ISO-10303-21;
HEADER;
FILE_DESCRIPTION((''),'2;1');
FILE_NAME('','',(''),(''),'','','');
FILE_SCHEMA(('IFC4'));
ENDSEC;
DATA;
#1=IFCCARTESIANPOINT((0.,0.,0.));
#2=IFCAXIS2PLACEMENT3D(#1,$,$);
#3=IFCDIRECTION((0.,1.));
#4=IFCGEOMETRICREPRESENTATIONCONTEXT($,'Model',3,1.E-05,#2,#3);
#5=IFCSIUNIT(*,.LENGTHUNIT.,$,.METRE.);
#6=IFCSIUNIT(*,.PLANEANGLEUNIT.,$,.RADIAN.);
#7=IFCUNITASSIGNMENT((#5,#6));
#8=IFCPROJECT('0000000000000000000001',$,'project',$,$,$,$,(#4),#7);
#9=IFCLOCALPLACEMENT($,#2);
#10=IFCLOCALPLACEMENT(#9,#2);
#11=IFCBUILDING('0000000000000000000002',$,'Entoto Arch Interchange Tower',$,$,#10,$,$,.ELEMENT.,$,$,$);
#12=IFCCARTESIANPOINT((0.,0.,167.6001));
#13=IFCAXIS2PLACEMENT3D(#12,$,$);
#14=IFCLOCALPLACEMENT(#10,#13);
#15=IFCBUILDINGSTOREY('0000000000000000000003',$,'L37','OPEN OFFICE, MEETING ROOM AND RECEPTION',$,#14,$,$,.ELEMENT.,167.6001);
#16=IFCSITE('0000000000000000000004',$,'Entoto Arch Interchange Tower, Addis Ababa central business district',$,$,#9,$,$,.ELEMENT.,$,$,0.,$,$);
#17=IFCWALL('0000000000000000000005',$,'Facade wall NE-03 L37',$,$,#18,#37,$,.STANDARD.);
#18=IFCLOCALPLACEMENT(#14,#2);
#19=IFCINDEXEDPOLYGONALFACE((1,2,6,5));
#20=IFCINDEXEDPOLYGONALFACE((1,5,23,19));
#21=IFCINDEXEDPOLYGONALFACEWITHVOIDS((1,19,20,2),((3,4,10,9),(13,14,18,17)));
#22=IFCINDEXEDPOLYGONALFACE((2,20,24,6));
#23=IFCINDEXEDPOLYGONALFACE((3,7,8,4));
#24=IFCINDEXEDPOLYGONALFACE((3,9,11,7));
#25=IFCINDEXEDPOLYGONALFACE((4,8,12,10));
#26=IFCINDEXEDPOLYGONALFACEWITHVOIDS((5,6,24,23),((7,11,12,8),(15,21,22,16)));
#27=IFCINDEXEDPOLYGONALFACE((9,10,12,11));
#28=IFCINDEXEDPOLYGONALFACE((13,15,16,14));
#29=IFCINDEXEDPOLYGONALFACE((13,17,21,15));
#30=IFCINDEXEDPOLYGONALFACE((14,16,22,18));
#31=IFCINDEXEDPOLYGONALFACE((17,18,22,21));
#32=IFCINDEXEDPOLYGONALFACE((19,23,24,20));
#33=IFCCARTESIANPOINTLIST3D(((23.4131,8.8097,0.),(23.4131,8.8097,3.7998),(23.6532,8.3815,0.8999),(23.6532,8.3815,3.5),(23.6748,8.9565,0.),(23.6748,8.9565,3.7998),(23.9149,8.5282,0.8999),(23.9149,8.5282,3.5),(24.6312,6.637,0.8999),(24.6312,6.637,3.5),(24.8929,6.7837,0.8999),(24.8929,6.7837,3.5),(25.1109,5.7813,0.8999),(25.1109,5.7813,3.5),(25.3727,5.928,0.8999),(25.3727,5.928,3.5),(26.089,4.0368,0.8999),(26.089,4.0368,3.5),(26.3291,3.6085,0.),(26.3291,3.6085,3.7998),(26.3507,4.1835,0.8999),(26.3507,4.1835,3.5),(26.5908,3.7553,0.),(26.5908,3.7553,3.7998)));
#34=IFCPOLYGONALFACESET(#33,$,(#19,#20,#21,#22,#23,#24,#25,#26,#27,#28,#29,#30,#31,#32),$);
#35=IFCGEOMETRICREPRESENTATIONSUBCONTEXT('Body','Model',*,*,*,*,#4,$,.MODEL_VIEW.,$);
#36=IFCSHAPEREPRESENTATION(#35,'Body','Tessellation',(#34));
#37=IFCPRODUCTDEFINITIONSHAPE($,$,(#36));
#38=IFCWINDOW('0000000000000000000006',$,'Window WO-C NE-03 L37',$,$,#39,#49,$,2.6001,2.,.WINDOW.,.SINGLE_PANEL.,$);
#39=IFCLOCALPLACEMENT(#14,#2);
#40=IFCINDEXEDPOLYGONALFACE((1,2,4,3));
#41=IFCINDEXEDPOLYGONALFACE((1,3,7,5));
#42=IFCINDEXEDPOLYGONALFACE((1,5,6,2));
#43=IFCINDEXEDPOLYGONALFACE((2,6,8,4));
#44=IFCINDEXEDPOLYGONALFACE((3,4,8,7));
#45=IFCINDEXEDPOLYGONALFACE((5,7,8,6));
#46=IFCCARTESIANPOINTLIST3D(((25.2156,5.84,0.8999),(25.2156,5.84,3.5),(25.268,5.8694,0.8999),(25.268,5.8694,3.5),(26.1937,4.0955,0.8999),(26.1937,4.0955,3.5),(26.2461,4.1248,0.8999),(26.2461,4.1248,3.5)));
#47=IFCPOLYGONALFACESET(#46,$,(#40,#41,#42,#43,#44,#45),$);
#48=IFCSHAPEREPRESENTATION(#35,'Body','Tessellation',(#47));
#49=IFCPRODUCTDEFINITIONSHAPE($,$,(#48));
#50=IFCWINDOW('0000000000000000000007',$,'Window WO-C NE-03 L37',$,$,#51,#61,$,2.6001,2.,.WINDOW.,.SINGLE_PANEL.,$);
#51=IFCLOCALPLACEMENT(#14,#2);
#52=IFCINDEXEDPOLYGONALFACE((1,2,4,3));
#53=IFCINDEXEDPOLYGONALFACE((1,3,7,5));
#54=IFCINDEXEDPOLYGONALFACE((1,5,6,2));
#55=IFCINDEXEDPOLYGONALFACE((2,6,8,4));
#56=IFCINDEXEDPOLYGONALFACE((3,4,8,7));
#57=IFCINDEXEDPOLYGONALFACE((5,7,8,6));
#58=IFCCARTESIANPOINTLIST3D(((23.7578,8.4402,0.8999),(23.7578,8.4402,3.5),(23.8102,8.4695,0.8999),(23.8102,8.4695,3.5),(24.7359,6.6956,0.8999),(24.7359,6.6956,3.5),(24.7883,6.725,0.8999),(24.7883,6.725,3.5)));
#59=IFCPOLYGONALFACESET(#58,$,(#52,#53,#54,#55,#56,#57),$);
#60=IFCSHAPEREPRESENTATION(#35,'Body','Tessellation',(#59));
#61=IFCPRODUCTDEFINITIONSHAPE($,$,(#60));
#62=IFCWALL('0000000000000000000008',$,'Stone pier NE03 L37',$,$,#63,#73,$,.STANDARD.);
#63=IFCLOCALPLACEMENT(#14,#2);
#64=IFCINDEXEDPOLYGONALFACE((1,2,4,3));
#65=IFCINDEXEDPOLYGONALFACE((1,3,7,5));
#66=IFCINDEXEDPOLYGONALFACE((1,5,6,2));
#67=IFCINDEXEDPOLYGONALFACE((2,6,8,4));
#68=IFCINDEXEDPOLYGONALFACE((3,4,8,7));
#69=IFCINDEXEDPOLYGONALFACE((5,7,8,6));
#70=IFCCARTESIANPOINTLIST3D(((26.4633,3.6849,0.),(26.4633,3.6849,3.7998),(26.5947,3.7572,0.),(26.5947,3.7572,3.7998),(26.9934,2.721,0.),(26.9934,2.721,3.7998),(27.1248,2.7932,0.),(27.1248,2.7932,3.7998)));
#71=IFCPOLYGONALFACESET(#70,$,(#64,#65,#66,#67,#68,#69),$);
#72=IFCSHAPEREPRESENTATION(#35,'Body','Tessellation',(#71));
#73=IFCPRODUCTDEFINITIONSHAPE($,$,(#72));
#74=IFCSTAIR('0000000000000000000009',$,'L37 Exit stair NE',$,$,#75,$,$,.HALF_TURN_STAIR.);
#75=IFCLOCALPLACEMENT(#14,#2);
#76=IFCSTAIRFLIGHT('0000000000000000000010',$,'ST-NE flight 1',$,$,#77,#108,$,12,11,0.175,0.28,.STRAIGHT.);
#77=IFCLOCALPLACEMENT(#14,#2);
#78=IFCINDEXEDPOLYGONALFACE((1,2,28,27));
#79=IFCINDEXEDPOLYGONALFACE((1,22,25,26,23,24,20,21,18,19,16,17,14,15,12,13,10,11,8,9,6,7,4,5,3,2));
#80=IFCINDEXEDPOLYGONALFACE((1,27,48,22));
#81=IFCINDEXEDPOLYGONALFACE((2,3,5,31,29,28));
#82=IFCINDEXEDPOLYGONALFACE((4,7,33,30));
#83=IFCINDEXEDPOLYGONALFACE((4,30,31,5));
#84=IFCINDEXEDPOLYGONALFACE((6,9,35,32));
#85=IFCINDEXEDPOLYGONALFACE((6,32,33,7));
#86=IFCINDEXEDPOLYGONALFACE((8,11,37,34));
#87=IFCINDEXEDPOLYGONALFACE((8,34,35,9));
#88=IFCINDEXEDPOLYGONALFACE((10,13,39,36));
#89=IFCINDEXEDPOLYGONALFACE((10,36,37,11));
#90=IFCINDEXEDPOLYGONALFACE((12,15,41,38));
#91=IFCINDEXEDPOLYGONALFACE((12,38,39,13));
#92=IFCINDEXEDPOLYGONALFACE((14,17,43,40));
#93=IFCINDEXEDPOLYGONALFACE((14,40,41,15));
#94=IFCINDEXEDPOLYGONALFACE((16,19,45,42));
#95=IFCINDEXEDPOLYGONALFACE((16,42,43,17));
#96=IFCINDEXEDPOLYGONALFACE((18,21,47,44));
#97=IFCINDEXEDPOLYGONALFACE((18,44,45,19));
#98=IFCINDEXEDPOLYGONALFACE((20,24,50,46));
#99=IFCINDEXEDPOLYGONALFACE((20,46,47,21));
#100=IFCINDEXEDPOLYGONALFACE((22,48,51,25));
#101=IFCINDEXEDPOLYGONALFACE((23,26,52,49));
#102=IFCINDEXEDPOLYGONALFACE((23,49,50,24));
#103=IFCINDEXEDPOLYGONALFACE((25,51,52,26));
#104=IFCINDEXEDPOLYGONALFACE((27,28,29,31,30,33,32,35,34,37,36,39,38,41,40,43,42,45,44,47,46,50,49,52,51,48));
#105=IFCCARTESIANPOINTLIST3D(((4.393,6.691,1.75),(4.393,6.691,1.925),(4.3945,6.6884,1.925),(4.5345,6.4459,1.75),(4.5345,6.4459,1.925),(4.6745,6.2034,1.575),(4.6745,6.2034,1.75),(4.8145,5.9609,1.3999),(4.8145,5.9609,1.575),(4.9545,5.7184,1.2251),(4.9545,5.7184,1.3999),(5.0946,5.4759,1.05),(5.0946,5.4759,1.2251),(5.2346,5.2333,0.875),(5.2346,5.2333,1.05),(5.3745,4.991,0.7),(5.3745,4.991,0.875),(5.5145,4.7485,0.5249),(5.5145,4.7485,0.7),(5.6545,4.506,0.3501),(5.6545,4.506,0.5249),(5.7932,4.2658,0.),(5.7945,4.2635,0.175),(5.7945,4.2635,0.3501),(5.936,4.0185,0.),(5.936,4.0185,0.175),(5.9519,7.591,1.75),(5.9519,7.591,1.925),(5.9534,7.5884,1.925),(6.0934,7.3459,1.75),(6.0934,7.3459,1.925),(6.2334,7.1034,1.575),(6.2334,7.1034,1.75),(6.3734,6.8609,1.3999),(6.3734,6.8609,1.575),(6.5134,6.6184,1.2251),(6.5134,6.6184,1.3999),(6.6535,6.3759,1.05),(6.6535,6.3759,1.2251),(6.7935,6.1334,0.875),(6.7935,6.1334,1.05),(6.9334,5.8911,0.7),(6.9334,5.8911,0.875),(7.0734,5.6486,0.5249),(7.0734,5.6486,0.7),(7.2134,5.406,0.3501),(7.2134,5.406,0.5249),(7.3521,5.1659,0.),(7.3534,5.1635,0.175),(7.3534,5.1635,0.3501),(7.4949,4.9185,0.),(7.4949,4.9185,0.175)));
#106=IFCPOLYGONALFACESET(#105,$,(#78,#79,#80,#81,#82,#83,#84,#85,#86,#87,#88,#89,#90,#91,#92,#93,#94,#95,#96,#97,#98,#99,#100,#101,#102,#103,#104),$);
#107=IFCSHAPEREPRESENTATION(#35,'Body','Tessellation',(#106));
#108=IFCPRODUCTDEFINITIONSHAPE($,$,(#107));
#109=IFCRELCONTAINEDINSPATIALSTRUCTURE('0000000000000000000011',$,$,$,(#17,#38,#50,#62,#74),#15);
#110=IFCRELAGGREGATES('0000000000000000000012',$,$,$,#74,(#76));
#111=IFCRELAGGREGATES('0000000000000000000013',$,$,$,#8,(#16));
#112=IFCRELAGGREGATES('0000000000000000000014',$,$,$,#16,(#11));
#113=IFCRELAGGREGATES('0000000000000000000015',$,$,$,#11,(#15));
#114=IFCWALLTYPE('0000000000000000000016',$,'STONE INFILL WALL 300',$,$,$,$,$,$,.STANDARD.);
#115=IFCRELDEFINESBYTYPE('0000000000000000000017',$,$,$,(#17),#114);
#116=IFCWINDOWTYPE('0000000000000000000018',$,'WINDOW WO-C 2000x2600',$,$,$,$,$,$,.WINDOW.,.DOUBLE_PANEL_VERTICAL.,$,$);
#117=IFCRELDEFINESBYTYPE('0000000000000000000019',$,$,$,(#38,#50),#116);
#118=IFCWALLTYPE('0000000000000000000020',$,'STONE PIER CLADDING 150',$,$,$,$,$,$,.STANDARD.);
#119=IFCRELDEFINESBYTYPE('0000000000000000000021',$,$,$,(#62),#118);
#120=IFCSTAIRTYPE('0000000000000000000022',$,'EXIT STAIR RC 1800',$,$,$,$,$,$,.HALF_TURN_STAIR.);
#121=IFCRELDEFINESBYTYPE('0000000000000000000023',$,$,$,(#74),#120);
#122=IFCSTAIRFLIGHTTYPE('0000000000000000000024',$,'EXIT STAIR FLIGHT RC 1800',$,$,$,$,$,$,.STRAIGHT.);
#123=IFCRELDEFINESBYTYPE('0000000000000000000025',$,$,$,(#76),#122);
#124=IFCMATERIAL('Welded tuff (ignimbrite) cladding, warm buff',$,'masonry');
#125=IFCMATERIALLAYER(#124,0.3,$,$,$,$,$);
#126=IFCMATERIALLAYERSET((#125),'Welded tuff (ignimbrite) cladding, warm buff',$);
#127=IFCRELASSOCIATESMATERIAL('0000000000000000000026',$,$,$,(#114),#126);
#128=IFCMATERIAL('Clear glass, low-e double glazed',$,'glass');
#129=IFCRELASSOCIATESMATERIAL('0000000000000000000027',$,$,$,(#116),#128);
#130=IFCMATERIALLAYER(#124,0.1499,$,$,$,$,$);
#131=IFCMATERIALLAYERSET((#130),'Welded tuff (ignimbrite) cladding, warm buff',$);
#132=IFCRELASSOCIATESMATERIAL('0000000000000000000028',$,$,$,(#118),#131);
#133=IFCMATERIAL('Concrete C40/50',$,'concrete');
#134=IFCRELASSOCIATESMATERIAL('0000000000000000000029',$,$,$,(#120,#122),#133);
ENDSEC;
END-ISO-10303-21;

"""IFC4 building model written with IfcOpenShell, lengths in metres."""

from ifc_helpers import new_model, si_unit, direction, frame, frame_2d, origin, place, context, subcontext, project, spatial, polyline, rectangle, outline, extrude, material, layer, layer_set, type_object, element, fill, aggregate, save


model = new_model("IFC4")

# Units and contexts
model_context = context("Model", 3, precision=1e-05, world=origin(), true_north=direction((0.0, 1.0)))
body_context = subcontext(model_context, "Body", "Model", "MODEL_VIEW")
ifc_project = project(units=[si_unit("LENGTHUNIT", "METRE"), si_unit("PLANEANGLEUNIT", "RADIAN")], contexts=[model_context])

# Site, building, storey
site_placement = place(None, origin())
site = spatial("IfcSite", under=ifc_project, at=site_placement, Name="Entoto Arch Interchange Tower, Addis Ababa central business district", CompositionType="ELEMENT", RefElevation=0.0)
building_placement = place(site_placement, origin())
building = spatial("IfcBuilding", under=site, at=building_placement, Name="Entoto Arch Interchange Tower", CompositionType="ELEMENT")
storey_placement = place(building_placement, frame((0.0, 0.0, 167.6001)))
storey = spatial("IfcBuildingStorey", under=building, at=storey_placement, Name="L37", Description="OPEN OFFICE, MEETING ROOM AND RECEPTION", CompositionType="ELEMENT", Elevation=167.6001)

# Shared definitions
ifc_material_1 = material(Name="Concrete C40/50", Category="concrete")

# Wall, openings, windows
ifc_material_2 = material(Name="Welded tuff (ignimbrite) cladding, warm buff", Category="masonry")
ifc_layer_1 = layer(ifc_material_2, 0.3)
ifc_layer_set_1 = layer_set([ifc_layer_1], Name="Welded tuff (ignimbrite) cladding, warm buff")
wall_type_1 = type_object("IfcWallType", Name="STONE INFILL WALL 300", PredefinedType="STANDARD", material=ifc_layer_set_1)
wall_1_placement = place(storey_placement, frame((26.46, 3.6819, 0.0), z_axis=(0.0, 0.0, 1.0), x_axis=(-0.489032, 0.872266, 0.0)))
wall_1 = element("IfcWall", 1, at=wall_1_placement, inside=storey, type_object=wall_type_1, Name="Facade wall NE-03 L37", PredefinedType="STANDARD", context=body_context, shape_type="SweptSolid", body=[
    extrude(rectangle(XDim=5.9629, YDim=0.3, at=frame_2d((2.9814, 0.0))), origin(), (0.0, 0.0, 1.0), 3.7998),
])
opening_1_placement = place(wall_1_placement, frame((0.491, 0.0, 0.8999)))
opening_1 = element("IfcOpeningElement", 2, at=opening_1_placement, cuts=wall_1, PredefinedType="OPENING", context=body_context, shape_type="SweptSolid", body=[
    extrude(rectangle(XDim=2.0, YDim=2.6001, at=frame_2d((1.0, 1.3))), frame((0.0, 0.1602, 0.0), z_axis=(0.0, -1.0, 0.0), x_axis=(1.0, 0.0, 0.0)), (0.0, 0.0, 1.0), 0.3201),
])
opening_2_placement = place(wall_1_placement, frame((3.4719, 0.0, 0.8999)))
opening_2 = element("IfcOpeningElement", 3, at=opening_2_placement, cuts=wall_1, PredefinedType="OPENING", context=body_context, shape_type="SweptSolid", body=[
    extrude(rectangle(XDim=2.0, YDim=2.6001, at=frame_2d((1.0, 1.3))), frame((0.0, 0.1602, 0.0), z_axis=(0.0, -1.0, 0.0), x_axis=(1.0, 0.0, 0.0)), (0.0, 0.0, 1.0), 0.3201),
])
ifc_material_3 = material(Name="Clear glass, low-e double glazed", Category="glass")
window_type = type_object("IfcWindowType", Name="WINDOW WO-C 2000x2600", PartitioningType="DOUBLE_PANEL_VERTICAL", PredefinedType="WINDOW", material=ifc_material_3)
window_1_placement = place(opening_1_placement, origin())
window_1 = element("IfcWindow", 4, at=window_1_placement, inside=storey, type_object=window_type, Name="Window WO-C NE-03 L37", OverallHeight=2.6001, OverallWidth=2.0, PartitioningType="SINGLE_PANEL", PredefinedType="WINDOW", context=body_context, shape_type="SweptSolid", body=[
    extrude(rectangle(XDim=2.0, YDim=2.6001, at=frame_2d((1.0, 1.3))), frame((0.0, 0.03, 0.0), z_axis=(0.0, -1.0, 0.0), x_axis=(1.0, 0.0, 0.0)), (0.0, 0.0, 1.0), 0.0601),
])
fill(opening_1, window_1)
window_2_placement = place(opening_2_placement, origin())
window_2 = element("IfcWindow", 5, at=window_2_placement, inside=storey, type_object=window_type, Name="Window WO-C NE-03 L37", OverallHeight=2.6001, OverallWidth=2.0, PartitioningType="SINGLE_PANEL", PredefinedType="WINDOW", context=body_context, shape_type="SweptSolid", body=[
    extrude(rectangle(XDim=2.0, YDim=2.6001, at=frame_2d((1.0, 1.3))), frame((0.0, 0.03, 0.0), z_axis=(0.0, -1.0, 0.0), x_axis=(1.0, 0.0, 0.0)), (0.0, 0.0, 1.0), 0.0601),
])
fill(opening_2, window_2)

# Wall
ifc_layer_2 = layer(ifc_material_2, 0.1499)
ifc_layer_set_2 = layer_set([ifc_layer_2], Name="Welded tuff (ignimbrite) cladding, warm buff")
wall_type_2 = type_object("IfcWallType", Name="STONE PIER CLADDING 150", PredefinedType="STANDARD", material=ifc_layer_set_2)
wall_2_placement = place(storey_placement, frame((27.0591, 2.7571, 0.0), z_axis=(0.0, 0.0, 1.0), x_axis=(-0.481851, 0.876253, 0.0)))
element("IfcWall", 6, at=wall_2_placement, inside=storey, type_object=wall_type_2, Name="Stone pier NE03 L37", PredefinedType="STANDARD", context=body_context, shape_type="SweptSolid", body=[
    extrude(rectangle(XDim=1.1001, YDim=0.1499, at=frame_2d((0.55, 0.0))), origin(), (0.0, 0.0, 1.0), 3.7998),
])

# Stair, stair flight
stair_type = type_object("IfcStairType", Name="EXIT STAIR RC 1800", PredefinedType="HALF_TURN_STAIR", material=ifc_material_1)
stair_placement = place(storey_placement, origin())
stair = element("IfcStair", 7, at=stair_placement, inside=storey, type_object=stair_type, Name="L37 Exit stair NE", PredefinedType="HALF_TURN_STAIR")
stair_flight_type = type_object("IfcStairFlightType", Name="EXIT STAIR FLIGHT RC 1800", PredefinedType="STRAIGHT", material=ifc_material_1)
stair_flight_placement = place(storey_placement, frame((6.7139, 4.4709, 0.0), z_axis=(0.0, 0.0, 1.0), x_axis=(-0.5, 0.866025, 0.0)))
stair_flight = element("IfcStairFlight", 8, at=stair_flight_placement, type_object=stair_flight_type, Name="ST-NE flight 1", NumberOfRisers=12, NumberOfTreads=11, PredefinedType="STRAIGHT", RiserHeight=0.175, TreadLength=0.28, context=body_context, shape_type="SweptSolid", body=[
    extrude(outline(polyline([(-0.0029, 0.0), (-0.0029, 0.175), (0.28, 0.175), (0.28, 0.3501), (0.5601, 0.3501), (0.5601, 0.5249), (0.8401, 0.5249), (0.8401, 0.7), (1.1201, 0.7), (1.1201, 0.875), (1.3999, 0.875), (1.3999, 1.05), (1.6799, 1.05), (1.6799, 1.2251), (1.96, 1.2251), (1.96, 1.3999), (2.24, 1.3999), (2.24, 1.575), (2.52, 1.575), (2.52, 1.75), (2.8, 1.75), (2.8, 1.925), (3.0801, 1.925), (3.083, 1.925), (3.083, 1.75), (0.2827, 0.0), (-0.0029, 0.0)])), frame((0.0, 0.8999, 0.0), z_axis=(0.0, -1.0, 0.0), x_axis=(1.0, 0.0, 0.0)), (0.0, 0.0, 1.0), 1.8),
])
aggregate(stair, [stair_flight])

save(model, "model.ifc")
